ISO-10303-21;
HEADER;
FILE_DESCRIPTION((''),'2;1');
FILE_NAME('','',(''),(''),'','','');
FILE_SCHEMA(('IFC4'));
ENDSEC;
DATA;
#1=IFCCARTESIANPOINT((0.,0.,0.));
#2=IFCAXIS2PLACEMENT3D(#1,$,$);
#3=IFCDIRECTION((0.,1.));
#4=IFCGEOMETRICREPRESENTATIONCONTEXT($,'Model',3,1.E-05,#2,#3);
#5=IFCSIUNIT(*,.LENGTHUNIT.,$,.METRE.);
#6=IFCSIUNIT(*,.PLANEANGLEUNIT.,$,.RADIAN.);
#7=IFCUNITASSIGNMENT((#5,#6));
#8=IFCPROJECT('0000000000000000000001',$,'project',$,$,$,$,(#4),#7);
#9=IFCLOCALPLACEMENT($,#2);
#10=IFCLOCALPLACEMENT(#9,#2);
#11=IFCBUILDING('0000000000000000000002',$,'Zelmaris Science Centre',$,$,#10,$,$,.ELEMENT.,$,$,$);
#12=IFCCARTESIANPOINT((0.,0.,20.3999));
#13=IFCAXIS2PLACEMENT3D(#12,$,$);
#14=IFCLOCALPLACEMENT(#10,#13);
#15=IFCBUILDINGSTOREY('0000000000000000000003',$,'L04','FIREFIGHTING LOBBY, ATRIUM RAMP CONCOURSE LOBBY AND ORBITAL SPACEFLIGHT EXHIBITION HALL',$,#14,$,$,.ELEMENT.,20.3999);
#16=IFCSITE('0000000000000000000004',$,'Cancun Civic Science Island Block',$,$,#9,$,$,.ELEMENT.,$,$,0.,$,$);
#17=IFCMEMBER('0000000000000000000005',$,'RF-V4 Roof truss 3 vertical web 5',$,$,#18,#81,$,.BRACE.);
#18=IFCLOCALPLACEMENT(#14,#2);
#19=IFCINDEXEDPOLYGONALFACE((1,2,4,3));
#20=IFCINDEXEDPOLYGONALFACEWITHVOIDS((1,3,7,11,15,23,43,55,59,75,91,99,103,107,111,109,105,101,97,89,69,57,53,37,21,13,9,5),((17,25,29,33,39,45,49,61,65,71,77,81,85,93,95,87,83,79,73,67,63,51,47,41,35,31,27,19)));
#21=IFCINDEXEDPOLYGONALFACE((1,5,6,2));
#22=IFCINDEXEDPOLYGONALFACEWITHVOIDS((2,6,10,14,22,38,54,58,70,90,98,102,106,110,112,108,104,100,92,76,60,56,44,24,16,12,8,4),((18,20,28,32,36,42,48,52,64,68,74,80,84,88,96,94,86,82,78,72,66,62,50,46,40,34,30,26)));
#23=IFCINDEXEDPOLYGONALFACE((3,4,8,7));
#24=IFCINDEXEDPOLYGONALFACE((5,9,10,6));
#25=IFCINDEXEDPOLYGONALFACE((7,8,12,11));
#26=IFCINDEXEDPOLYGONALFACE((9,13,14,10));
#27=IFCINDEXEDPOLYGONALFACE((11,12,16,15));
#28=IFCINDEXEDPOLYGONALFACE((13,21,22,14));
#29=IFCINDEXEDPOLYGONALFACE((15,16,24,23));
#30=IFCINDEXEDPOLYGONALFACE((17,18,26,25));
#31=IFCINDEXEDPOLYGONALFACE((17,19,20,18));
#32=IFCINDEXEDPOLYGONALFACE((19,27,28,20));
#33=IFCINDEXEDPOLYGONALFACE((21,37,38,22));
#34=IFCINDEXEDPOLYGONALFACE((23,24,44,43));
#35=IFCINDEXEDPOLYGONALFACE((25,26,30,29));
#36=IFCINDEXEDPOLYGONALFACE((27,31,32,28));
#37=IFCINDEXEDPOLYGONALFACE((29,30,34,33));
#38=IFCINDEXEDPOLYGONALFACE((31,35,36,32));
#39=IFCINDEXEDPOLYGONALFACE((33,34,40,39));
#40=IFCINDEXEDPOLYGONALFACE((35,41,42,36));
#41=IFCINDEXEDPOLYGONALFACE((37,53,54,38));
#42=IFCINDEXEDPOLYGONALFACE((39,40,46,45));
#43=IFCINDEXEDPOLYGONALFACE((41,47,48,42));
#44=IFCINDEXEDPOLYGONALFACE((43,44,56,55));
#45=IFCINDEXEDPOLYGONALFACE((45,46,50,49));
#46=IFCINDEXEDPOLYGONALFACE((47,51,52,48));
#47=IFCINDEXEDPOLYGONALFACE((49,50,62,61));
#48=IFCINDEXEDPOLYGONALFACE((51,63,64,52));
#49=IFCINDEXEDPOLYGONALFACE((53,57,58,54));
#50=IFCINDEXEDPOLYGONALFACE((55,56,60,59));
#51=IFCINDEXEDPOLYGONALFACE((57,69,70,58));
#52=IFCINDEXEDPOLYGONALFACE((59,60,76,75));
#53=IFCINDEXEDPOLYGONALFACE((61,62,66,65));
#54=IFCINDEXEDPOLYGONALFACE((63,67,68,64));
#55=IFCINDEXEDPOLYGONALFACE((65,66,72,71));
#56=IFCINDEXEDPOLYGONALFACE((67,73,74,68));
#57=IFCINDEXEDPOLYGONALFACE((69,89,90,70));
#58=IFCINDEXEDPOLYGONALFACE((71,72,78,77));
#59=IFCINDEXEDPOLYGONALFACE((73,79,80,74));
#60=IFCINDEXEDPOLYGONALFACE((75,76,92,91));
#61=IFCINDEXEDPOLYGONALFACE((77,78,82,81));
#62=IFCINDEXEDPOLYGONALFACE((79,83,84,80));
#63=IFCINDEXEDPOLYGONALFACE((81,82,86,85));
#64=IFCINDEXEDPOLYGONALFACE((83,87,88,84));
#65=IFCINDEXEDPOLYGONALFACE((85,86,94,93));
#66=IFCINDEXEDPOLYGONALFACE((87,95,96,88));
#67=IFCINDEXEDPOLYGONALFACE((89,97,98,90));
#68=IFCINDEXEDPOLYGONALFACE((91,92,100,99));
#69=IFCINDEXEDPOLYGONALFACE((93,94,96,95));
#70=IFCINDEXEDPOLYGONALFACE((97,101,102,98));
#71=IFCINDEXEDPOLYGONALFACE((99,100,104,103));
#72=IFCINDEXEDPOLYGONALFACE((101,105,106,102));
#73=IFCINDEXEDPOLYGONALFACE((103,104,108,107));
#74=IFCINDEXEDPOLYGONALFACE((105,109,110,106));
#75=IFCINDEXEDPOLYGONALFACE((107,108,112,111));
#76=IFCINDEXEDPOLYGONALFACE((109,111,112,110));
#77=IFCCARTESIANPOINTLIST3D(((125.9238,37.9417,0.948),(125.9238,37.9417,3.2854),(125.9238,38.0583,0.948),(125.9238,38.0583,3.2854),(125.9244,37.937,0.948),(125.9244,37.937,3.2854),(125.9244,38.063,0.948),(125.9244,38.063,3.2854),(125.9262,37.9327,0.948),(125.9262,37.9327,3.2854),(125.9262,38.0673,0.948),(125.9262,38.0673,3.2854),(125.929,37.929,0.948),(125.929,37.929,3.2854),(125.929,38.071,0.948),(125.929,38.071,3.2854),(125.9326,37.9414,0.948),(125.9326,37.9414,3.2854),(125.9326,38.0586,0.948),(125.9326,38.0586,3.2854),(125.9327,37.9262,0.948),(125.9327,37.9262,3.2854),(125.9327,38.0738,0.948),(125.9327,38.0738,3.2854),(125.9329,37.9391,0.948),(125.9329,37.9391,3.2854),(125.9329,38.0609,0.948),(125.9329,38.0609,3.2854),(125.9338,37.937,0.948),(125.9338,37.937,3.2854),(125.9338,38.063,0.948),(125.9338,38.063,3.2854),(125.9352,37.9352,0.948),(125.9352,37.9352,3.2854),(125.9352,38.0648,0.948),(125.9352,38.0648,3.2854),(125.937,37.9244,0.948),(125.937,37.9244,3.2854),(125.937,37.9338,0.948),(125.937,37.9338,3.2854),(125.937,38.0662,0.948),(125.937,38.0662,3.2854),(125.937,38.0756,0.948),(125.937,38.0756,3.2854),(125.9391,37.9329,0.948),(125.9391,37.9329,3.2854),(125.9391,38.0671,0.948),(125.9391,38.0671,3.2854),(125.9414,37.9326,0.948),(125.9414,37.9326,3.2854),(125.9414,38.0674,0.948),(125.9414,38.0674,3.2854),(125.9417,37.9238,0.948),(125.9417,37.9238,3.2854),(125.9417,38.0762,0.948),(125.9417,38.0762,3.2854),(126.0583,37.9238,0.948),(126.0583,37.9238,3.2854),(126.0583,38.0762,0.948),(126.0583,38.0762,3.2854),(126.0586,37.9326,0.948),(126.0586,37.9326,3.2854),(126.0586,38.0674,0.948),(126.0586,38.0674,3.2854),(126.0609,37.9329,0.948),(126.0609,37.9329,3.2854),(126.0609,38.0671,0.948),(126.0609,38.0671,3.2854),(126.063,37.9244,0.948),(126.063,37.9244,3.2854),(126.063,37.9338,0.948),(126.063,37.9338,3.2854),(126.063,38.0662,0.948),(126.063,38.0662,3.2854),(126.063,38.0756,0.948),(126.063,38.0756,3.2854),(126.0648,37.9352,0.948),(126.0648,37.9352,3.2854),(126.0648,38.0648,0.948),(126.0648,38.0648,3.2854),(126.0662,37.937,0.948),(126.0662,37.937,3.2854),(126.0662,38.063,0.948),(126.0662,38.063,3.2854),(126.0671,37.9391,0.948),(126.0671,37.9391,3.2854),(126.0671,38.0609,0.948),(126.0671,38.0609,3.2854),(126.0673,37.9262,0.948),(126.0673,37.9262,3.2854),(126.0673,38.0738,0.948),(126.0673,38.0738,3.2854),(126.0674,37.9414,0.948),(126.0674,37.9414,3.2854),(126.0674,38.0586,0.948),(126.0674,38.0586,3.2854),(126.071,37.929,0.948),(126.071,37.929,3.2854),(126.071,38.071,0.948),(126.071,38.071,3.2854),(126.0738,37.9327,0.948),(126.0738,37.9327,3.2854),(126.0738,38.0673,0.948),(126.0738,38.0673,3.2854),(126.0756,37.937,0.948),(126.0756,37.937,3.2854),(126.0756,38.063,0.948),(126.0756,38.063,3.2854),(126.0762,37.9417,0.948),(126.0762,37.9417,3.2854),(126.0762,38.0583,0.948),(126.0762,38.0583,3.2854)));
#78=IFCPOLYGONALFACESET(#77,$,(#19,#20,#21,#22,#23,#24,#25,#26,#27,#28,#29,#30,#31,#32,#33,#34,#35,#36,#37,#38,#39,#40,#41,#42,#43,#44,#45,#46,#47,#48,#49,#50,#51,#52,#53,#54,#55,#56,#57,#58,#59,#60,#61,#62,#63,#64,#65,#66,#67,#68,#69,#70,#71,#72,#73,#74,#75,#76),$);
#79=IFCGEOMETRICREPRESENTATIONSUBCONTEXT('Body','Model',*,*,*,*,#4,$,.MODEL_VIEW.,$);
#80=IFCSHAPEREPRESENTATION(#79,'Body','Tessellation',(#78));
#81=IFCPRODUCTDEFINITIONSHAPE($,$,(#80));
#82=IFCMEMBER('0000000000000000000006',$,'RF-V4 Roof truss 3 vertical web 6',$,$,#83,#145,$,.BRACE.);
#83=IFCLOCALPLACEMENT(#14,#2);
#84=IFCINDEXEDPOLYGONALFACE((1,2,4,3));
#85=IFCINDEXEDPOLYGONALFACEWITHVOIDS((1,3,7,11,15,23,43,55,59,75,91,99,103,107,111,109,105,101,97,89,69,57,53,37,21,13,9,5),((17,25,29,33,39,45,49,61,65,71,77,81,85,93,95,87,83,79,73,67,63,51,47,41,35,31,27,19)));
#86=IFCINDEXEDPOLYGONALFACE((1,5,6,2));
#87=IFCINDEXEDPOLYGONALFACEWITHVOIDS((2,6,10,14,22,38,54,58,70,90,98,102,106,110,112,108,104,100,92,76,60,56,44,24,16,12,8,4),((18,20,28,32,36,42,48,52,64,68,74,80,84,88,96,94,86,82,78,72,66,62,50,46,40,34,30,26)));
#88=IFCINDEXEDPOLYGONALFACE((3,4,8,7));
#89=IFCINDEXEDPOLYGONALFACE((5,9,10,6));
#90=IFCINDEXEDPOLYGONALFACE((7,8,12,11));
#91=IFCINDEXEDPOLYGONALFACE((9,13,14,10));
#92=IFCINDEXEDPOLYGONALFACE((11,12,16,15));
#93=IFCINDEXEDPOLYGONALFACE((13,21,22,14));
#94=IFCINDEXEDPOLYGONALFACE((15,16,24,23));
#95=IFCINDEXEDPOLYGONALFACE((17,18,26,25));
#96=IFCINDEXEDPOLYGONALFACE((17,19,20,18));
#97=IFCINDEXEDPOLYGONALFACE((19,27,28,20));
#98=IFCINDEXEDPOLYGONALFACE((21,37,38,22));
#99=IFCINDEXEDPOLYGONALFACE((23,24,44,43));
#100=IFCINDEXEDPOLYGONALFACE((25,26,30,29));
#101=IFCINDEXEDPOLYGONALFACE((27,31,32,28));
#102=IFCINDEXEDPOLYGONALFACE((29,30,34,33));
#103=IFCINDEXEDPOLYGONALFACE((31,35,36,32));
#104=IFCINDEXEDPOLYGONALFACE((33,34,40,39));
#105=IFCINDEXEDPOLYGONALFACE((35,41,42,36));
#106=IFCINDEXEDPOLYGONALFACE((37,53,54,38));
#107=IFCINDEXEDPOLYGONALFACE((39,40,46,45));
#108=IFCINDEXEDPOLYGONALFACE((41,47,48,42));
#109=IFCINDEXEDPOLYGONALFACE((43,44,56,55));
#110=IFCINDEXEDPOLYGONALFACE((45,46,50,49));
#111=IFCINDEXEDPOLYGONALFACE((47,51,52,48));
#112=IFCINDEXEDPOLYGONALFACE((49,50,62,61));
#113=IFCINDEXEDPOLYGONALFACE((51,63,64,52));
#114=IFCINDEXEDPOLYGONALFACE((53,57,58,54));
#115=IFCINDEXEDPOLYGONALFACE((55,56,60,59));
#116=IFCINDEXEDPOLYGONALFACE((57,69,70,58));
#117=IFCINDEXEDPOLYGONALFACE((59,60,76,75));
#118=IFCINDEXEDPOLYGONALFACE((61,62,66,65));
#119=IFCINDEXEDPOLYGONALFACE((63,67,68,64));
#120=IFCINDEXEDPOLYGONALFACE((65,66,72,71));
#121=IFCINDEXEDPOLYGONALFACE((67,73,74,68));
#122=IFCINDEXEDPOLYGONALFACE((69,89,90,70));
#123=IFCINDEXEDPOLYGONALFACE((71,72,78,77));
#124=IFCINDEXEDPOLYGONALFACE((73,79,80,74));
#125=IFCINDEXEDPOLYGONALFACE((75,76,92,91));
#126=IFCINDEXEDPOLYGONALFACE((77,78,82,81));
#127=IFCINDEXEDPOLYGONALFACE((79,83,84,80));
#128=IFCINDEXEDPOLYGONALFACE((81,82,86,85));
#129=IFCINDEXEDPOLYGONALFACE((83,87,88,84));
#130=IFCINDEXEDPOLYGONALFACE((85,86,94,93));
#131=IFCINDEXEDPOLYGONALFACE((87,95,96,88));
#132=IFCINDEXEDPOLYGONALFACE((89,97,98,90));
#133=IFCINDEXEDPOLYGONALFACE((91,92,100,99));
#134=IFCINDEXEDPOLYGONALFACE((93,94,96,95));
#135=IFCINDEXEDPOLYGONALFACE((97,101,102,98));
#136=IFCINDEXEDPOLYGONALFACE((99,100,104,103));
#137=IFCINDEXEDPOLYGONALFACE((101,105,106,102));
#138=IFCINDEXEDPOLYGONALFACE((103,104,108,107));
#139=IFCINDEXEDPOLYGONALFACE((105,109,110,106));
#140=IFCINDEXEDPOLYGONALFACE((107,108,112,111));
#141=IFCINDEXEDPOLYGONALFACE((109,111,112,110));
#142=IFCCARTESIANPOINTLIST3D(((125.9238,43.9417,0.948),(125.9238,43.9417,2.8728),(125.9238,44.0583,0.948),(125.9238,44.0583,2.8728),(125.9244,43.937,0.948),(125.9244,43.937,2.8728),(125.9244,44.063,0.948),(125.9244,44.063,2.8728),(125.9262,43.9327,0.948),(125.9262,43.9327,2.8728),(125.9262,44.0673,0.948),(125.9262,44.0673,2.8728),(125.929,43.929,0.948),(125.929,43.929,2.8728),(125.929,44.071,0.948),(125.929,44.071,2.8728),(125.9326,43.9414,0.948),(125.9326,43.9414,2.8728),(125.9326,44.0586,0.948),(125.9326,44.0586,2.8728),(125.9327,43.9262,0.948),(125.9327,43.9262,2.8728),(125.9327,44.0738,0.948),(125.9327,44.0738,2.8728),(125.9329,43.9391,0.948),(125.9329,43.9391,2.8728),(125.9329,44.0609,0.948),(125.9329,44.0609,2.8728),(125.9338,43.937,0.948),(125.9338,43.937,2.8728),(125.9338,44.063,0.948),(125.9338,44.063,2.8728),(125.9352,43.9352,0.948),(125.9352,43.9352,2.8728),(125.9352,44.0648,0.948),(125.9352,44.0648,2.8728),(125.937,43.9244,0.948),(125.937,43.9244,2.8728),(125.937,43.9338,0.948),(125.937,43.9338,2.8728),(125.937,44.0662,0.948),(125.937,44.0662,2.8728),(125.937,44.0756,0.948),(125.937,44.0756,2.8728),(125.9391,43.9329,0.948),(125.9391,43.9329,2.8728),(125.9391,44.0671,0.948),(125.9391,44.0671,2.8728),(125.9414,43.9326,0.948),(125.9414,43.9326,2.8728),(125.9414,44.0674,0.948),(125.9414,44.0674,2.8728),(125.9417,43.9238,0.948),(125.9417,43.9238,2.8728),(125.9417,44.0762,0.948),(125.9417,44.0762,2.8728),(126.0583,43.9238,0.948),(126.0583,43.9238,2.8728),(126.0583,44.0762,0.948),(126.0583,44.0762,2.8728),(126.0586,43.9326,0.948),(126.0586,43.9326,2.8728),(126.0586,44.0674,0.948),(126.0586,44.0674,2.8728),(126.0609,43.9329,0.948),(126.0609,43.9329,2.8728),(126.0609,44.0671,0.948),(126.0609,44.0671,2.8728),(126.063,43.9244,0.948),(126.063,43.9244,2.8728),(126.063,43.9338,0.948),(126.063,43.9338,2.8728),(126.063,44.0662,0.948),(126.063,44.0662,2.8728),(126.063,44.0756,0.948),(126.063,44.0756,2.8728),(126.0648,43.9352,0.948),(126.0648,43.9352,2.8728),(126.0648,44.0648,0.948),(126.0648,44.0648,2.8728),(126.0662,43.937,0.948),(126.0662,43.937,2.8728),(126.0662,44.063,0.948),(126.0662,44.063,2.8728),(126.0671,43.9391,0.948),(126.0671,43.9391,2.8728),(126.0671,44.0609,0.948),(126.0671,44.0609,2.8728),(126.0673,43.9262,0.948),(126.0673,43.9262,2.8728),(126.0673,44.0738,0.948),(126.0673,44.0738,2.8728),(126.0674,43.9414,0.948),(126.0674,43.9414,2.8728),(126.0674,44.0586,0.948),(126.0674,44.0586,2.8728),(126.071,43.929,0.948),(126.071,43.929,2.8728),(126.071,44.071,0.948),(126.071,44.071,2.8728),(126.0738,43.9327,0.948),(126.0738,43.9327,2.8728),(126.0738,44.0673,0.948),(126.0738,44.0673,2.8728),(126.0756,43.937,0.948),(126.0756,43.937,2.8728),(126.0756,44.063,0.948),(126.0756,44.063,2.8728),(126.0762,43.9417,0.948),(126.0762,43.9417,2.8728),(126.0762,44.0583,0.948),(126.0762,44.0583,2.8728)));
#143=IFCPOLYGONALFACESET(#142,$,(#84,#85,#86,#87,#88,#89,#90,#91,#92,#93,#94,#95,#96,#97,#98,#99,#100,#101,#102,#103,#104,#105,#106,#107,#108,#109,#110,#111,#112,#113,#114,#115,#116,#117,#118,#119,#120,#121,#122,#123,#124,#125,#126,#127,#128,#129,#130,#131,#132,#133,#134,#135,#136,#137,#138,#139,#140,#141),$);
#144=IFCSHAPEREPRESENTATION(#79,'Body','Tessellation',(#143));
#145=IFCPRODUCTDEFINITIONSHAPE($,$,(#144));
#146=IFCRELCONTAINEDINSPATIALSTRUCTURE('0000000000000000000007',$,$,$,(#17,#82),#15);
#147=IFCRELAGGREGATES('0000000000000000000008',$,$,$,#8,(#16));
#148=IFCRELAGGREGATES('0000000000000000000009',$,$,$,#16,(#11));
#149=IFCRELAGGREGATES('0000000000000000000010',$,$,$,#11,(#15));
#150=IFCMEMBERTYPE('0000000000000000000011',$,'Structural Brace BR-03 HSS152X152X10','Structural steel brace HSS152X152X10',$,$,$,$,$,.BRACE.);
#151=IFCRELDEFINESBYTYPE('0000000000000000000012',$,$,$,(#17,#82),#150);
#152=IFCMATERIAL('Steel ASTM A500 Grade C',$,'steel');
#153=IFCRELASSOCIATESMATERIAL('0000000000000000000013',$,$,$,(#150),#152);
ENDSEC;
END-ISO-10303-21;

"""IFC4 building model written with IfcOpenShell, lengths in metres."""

from ifc_helpers import new_model, si_unit, direction, frame, origin, origin_2d, place, context, subcontext, project, spatial, hollow_rectangle, extrude, material, material_profile, profile_set, type_object, element, save


model = new_model("IFC4")

# Units and contexts
model_context = context("Model", 3, precision=1e-05, world=origin(), true_north=direction((0.0, 1.0)))
body_context = subcontext(model_context, "Body", "Model", "MODEL_VIEW")
ifc_project = project(units=[si_unit("LENGTHUNIT", "METRE"), si_unit("PLANEANGLEUNIT", "RADIAN")], contexts=[model_context])

# Site, building, storey
site_placement = place(None, origin())
site = spatial("IfcSite", under=ifc_project, at=site_placement, Name="Cancun Civic Science Island Block", CompositionType="ELEMENT", RefElevation=0.0)
building_placement = place(site_placement, origin())
building = spatial("IfcBuilding", under=site, at=building_placement, Name="Zelmaris Science Centre", CompositionType="ELEMENT")
storey_placement = place(building_placement, frame((0.0, 0.0, 20.3999)))
storey = spatial("IfcBuildingStorey", under=building, at=storey_placement, Name="L04", Description="FIREFIGHTING LOBBY, ATRIUM RAMP CONCOURSE LOBBY AND ORBITAL SPACEFLIGHT EXHIBITION HALL", CompositionType="ELEMENT", Elevation=20.3999)

# Members
ifc_material = material(Name="Steel ASTM A500 Grade C", Category="steel")
ifc_material_profile_1 = material_profile(ifc_material, hollow_rectangle(XDim=0.1523, YDim=0.1523, WallThickness=0.0088, InnerFilletRadius=0.0088, OuterFilletRadius=0.0178, at=origin_2d()), Name="HSS152X152X10")
ifc_profile_set_1 = profile_set([ifc_material_profile_1], Name="Steel ASTM A500 Grade C")
member_type_1 = type_object("IfcMemberType", Name="Structural Brace BR-03 HSS152X152X10", Description="Structural steel brace HSS152X152X10", PredefinedType="BRACE", material=ifc_profile_set_1)
member_1_placement = place(storey_placement, frame((126.0, 38.0, 0.948), z_axis=(0.0, 0.0, 1.0), x_axis=(1.0, 0.0, 0.0)))
element("IfcMember", 1, at=member_1_placement, inside=storey, type_object=member_type_1, Name="RF-V4 Roof truss 3 vertical web 5", PredefinedType="BRACE", context=body_context, shape_type="SweptSolid", body=[
    extrude(hollow_rectangle(XDim=0.1523, YDim=0.1523, WallThickness=0.0088, InnerFilletRadius=0.0088, OuterFilletRadius=0.0178, at=origin_2d()), origin(), (0.0, 0.0, 1.0), 2.3374),
])
member_2_placement = place(storey_placement, frame((126.0, 44.0, 0.948), z_axis=(0.0, 0.0, 1.0), x_axis=(1.0, 0.0, 0.0)))
element("IfcMember", 2, at=member_2_placement, inside=storey, type_object=member_type_1, Name="RF-V4 Roof truss 3 vertical web 6", PredefinedType="BRACE", context=body_context, shape_type="SweptSolid", body=[
    extrude(hollow_rectangle(XDim=0.1523, YDim=0.1523, WallThickness=0.0088, InnerFilletRadius=0.0088, OuterFilletRadius=0.0178, at=origin_2d()), origin(), (0.0, 0.0, 1.0), 1.9248),
])

save(model, "model.ifc")
